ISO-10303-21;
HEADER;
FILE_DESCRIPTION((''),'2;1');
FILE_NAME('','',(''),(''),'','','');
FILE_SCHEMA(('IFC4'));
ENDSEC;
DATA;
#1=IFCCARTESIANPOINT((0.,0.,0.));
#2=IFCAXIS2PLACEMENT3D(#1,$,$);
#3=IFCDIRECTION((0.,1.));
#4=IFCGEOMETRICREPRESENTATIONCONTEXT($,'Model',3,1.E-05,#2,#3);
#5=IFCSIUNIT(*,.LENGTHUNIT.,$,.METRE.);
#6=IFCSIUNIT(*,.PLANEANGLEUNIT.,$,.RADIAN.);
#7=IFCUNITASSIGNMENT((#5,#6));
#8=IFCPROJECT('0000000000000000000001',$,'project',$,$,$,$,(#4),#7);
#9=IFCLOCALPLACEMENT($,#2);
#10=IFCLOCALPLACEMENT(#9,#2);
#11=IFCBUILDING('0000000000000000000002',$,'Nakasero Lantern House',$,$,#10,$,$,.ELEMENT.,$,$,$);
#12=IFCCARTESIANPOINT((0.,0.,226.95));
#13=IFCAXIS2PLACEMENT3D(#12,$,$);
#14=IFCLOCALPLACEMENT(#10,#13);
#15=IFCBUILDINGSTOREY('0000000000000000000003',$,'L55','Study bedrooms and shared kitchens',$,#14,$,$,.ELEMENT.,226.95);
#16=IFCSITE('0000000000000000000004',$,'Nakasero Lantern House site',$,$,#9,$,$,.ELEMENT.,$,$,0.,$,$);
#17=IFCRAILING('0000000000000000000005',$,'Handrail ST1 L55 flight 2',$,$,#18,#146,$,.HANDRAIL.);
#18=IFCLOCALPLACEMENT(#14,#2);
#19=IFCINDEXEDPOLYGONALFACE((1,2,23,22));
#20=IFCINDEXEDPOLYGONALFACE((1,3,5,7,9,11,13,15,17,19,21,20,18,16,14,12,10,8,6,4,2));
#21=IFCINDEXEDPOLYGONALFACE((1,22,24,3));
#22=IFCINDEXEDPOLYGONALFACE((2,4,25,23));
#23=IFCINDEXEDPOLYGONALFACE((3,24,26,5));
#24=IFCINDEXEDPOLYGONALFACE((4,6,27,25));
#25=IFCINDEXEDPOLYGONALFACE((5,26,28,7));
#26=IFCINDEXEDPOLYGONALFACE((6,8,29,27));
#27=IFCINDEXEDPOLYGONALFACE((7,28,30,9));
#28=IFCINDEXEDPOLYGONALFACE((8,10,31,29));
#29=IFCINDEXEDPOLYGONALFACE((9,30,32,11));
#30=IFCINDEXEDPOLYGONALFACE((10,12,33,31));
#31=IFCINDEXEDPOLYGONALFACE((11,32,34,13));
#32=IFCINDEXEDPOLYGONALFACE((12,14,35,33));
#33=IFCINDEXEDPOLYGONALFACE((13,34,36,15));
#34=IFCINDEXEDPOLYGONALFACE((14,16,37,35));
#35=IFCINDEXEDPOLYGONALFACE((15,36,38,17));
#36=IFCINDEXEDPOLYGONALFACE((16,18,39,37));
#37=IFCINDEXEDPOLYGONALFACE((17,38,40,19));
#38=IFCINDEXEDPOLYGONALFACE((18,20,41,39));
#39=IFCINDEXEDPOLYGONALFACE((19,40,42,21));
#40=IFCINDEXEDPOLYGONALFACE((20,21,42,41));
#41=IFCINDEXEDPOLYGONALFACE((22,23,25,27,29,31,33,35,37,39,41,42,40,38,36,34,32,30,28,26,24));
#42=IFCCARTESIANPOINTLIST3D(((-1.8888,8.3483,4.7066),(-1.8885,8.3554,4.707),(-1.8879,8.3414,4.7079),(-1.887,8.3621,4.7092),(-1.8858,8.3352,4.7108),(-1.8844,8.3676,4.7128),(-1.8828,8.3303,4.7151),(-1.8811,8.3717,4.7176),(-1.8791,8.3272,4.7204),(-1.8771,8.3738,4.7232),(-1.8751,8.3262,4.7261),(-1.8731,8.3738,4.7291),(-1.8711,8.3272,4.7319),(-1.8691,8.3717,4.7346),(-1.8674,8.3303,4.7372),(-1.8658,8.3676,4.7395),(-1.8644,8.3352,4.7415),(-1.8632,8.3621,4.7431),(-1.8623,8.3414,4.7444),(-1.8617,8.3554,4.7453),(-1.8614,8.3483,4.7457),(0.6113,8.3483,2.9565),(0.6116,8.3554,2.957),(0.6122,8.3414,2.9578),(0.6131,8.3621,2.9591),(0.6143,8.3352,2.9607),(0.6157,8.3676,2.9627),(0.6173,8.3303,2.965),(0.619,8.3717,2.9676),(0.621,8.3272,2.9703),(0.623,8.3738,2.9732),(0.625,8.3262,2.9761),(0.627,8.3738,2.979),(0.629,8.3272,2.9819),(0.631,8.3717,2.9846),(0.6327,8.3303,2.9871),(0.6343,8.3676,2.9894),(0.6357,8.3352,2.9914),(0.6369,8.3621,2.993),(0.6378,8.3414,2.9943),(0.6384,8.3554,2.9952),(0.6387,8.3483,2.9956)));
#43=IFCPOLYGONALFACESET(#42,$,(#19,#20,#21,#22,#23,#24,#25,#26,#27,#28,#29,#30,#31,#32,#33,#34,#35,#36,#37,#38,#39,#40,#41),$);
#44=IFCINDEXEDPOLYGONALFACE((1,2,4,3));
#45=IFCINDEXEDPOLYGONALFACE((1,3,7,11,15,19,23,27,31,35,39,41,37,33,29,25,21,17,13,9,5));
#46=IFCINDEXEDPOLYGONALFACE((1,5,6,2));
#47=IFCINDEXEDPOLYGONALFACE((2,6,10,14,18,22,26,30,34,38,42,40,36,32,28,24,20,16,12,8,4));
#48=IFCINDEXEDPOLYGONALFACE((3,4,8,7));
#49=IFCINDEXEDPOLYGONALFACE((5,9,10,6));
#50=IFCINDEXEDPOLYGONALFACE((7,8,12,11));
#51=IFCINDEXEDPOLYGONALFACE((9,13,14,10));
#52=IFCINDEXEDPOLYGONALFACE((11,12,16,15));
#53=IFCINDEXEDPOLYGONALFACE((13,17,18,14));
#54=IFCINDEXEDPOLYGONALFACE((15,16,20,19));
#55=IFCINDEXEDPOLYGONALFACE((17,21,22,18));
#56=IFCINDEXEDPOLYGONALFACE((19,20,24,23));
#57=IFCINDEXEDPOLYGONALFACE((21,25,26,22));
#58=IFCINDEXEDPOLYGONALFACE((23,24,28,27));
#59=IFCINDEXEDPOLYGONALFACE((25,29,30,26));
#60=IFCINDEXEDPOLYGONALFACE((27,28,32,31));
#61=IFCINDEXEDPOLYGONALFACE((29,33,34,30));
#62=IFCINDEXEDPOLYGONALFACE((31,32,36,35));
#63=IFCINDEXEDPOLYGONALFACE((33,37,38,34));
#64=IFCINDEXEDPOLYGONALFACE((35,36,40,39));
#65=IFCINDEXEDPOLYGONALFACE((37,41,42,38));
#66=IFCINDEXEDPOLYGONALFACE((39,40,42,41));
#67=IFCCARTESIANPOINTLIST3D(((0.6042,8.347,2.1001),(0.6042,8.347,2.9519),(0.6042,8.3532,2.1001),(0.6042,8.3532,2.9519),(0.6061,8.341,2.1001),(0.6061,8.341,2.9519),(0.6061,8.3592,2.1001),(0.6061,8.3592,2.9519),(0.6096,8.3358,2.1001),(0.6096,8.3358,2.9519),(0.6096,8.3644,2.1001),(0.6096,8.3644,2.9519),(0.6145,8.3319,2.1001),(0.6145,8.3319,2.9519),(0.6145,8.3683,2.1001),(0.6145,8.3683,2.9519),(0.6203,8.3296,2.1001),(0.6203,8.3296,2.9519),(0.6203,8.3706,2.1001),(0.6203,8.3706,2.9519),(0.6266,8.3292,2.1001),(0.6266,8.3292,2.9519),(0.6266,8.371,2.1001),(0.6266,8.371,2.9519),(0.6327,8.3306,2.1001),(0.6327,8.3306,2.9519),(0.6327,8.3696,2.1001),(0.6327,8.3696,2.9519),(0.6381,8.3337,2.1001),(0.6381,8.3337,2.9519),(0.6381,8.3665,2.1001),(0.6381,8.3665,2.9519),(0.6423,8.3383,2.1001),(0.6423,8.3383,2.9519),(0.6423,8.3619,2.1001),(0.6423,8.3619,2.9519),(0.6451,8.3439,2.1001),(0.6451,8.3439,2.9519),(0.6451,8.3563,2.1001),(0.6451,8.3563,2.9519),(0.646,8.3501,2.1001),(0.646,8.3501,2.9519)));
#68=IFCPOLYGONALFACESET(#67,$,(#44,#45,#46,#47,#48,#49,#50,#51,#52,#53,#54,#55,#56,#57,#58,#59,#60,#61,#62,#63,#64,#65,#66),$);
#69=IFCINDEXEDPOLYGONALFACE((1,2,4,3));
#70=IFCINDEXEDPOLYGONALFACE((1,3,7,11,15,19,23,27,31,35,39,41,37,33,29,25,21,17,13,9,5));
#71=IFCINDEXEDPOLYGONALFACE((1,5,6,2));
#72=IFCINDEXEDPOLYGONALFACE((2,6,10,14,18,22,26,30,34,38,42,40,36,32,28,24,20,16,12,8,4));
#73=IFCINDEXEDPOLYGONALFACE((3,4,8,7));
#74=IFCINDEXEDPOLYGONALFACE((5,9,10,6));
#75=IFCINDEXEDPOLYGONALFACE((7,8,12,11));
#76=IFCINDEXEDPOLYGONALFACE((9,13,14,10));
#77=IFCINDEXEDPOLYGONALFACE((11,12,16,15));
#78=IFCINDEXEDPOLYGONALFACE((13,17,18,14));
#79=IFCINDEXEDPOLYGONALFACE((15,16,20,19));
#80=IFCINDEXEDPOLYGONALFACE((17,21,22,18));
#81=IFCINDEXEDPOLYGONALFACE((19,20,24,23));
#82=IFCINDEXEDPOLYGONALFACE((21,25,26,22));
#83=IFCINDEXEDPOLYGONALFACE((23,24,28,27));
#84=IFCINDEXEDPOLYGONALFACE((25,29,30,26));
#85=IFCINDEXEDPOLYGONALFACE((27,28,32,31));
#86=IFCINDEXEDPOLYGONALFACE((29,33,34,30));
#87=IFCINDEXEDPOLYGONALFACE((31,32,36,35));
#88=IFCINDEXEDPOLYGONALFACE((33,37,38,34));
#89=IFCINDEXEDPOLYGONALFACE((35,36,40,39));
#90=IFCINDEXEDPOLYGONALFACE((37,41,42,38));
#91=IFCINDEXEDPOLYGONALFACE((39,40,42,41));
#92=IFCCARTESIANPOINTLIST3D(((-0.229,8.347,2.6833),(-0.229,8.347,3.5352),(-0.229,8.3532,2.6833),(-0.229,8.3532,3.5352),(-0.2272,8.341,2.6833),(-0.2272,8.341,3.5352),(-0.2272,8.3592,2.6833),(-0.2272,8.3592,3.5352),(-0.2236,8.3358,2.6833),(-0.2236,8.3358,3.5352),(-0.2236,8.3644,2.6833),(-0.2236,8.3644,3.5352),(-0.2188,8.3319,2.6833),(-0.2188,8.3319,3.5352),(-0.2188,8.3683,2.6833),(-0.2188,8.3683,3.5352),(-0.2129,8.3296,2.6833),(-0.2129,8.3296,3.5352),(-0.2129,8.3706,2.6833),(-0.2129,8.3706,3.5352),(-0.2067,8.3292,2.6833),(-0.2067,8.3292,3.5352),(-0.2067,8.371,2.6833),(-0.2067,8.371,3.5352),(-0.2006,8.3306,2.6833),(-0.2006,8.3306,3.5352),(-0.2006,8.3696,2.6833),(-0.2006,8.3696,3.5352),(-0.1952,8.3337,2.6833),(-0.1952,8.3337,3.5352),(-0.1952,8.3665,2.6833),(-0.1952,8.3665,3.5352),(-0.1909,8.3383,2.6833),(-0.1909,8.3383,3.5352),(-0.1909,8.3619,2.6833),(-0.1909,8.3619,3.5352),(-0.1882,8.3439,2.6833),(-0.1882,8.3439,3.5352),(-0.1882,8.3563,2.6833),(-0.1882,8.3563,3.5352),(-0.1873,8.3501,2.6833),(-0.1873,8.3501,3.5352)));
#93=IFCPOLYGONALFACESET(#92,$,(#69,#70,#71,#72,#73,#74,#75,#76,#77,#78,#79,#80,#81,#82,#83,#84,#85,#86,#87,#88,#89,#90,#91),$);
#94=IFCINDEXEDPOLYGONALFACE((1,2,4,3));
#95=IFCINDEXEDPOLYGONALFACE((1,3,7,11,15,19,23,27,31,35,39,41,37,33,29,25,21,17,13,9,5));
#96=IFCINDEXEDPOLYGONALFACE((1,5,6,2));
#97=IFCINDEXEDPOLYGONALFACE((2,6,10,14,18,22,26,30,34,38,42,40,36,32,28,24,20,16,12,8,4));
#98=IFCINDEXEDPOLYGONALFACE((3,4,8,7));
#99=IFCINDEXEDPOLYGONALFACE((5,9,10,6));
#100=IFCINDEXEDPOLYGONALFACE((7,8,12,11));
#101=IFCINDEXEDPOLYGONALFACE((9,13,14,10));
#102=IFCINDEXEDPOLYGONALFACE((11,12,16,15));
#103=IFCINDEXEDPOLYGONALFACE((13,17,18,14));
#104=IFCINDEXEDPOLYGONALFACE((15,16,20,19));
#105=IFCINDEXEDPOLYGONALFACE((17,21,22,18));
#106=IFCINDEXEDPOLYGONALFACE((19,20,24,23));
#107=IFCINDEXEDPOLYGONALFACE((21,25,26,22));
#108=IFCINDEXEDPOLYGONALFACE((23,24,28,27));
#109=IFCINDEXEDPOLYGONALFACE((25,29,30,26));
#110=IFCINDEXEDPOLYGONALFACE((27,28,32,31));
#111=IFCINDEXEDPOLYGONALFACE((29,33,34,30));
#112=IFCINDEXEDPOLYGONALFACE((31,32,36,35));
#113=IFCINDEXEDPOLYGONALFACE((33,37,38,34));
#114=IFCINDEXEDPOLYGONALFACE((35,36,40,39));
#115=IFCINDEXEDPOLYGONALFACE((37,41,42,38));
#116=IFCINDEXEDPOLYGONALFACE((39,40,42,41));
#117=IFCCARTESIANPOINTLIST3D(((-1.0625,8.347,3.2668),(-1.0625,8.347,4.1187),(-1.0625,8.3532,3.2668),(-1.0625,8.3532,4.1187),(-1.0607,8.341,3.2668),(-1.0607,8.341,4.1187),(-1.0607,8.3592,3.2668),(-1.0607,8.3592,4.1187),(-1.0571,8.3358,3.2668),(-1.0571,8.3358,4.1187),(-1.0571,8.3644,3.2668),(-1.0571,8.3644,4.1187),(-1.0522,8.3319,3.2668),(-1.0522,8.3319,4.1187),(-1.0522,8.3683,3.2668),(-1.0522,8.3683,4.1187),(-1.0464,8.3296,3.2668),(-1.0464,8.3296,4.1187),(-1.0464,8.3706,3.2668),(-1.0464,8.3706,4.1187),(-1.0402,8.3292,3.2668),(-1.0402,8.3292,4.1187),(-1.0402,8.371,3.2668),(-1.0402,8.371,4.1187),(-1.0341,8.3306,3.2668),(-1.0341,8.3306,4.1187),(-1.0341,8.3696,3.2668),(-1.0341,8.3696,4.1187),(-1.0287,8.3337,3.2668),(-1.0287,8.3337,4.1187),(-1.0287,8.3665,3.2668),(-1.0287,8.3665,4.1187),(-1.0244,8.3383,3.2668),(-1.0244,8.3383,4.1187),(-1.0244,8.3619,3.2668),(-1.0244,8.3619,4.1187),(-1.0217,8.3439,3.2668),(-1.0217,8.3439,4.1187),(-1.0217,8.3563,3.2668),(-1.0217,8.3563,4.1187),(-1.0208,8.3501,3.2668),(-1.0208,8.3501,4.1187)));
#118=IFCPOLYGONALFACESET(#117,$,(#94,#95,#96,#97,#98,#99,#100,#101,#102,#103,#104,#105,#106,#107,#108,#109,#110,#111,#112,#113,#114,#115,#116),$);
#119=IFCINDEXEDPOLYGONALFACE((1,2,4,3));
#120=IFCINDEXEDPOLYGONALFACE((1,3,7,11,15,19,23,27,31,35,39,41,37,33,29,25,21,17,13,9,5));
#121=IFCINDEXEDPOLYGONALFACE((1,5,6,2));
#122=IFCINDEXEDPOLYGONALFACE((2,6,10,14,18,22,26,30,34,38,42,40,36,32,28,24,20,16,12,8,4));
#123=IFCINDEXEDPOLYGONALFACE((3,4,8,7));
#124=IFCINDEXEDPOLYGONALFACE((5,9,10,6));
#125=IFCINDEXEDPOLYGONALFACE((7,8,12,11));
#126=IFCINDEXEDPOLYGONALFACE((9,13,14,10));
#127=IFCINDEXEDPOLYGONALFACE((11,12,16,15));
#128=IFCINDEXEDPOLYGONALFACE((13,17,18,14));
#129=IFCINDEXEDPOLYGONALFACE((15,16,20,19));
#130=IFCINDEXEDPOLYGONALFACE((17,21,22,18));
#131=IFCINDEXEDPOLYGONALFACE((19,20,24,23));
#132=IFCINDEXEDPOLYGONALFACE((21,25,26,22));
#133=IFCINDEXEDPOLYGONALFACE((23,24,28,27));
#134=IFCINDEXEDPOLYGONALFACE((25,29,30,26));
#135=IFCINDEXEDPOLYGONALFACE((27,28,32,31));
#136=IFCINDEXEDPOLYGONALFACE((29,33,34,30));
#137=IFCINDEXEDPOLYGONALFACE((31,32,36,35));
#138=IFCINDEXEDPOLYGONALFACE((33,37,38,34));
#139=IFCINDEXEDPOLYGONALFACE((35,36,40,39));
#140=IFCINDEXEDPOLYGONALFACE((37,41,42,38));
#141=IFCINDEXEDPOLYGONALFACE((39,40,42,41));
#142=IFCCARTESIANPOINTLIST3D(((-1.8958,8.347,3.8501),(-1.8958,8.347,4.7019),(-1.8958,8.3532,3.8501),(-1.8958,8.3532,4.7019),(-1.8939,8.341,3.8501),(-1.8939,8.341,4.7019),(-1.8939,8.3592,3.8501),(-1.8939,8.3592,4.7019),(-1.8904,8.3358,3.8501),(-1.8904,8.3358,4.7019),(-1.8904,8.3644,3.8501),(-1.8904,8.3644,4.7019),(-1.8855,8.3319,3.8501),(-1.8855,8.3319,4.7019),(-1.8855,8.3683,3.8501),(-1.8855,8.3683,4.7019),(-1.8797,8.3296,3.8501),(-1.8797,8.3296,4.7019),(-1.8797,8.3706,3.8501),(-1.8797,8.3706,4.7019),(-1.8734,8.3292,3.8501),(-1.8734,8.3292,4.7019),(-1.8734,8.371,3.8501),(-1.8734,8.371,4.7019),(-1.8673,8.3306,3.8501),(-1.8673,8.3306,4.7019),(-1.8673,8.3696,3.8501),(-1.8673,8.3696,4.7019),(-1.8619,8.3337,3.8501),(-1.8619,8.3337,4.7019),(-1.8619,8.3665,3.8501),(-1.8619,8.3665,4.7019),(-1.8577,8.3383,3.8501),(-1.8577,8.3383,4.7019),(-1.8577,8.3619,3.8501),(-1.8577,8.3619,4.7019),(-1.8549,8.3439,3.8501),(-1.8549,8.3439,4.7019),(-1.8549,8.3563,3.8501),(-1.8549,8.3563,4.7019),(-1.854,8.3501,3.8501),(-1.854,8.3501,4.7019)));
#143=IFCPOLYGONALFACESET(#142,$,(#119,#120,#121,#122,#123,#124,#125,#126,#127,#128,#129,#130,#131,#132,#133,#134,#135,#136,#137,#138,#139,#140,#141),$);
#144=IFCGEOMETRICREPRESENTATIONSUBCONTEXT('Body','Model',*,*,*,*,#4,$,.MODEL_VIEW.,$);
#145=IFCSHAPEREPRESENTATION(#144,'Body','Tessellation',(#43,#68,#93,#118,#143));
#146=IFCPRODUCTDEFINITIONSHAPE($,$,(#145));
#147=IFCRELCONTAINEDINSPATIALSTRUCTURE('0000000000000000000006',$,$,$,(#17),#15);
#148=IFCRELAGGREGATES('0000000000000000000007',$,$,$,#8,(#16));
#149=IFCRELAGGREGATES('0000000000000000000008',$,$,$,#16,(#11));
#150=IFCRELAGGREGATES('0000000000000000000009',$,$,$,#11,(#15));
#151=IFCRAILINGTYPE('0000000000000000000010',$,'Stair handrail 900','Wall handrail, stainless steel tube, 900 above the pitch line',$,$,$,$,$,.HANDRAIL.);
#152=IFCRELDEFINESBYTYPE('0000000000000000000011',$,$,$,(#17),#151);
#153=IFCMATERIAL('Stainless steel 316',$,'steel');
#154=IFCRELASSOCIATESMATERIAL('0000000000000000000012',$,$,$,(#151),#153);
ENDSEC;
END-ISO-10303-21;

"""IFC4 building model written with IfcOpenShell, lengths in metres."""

from ifc_helpers import new_model, si_unit, direction, frame, origin, origin_2d, place, context, subcontext, project, spatial, circle, extrude, material, type_object, element, save


model = new_model("IFC4")

# Units and contexts
model_context = context("Model", 3, precision=1e-05, world=origin(), true_north=direction((0.0, 1.0)))
body_context = subcontext(model_context, "Body", "Model", "MODEL_VIEW")
ifc_project = project(units=[si_unit("LENGTHUNIT", "METRE"), si_unit("PLANEANGLEUNIT", "RADIAN")], contexts=[model_context])

# Site, building, storey
site_placement = place(None, origin())
site = spatial("IfcSite", under=ifc_project, at=site_placement, Name="Nakasero Lantern House site", CompositionType="ELEMENT", RefElevation=0.0)
building_placement = place(site_placement, origin())
building = spatial("IfcBuilding", under=site, at=building_placement, Name="Nakasero Lantern House", CompositionType="ELEMENT")
storey_placement = place(building_placement, frame((0.0, 0.0, 226.95)))
storey = spatial("IfcBuildingStorey", under=building, at=storey_placement, Name="L55", Description="Study bedrooms and shared kitchens", CompositionType="ELEMENT", Elevation=226.95)

# Railing
ifc_material_1 = material(Name="Stainless steel 316", Category="steel")
railing_type = type_object("IfcRailingType", Name="Stair handrail 900", Description="Wall handrail, stainless steel tube, 900 above the pitch line", PredefinedType="HANDRAIL", material=ifc_material_1)
railing_placement = place(storey_placement, frame((0.625, 8.3501, 2.1001)))
element("IfcRailing", 1, at=railing_placement, inside=storey, type_object=railing_type, Name="Handrail ST1 L55 flight 2", PredefinedType="HANDRAIL", context=body_context, shape_type="SweptSolid", body=[
    extrude(circle(Radius=0.0239, at=origin_2d()), frame((0.0, 0.0, 0.876), z_axis=(-0.819232, 0.0, 0.573462), x_axis=(0.0, -1.0, 0.0)), (0.0, 0.0, 1.0), 3.0518),
    extrude(circle(Radius=0.021, at=origin_2d()), origin(), (0.0, 0.0, 1.0), 0.8518),
    extrude(circle(Radius=0.021, at=origin_2d()), frame((-0.8333, 0.0, 0.5833)), (0.0, 0.0, 1.0), 0.8518),
    extrude(circle(Radius=0.021, at=origin_2d()), frame((-1.6667, 0.0, 1.1667)), (0.0, 0.0, 1.0), 0.8518),
    extrude(circle(Radius=0.021, at=origin_2d()), frame((-2.5, 0.0, 1.75)), (0.0, 0.0, 1.0), 0.8518),
])

save(model, "model.ifc")
